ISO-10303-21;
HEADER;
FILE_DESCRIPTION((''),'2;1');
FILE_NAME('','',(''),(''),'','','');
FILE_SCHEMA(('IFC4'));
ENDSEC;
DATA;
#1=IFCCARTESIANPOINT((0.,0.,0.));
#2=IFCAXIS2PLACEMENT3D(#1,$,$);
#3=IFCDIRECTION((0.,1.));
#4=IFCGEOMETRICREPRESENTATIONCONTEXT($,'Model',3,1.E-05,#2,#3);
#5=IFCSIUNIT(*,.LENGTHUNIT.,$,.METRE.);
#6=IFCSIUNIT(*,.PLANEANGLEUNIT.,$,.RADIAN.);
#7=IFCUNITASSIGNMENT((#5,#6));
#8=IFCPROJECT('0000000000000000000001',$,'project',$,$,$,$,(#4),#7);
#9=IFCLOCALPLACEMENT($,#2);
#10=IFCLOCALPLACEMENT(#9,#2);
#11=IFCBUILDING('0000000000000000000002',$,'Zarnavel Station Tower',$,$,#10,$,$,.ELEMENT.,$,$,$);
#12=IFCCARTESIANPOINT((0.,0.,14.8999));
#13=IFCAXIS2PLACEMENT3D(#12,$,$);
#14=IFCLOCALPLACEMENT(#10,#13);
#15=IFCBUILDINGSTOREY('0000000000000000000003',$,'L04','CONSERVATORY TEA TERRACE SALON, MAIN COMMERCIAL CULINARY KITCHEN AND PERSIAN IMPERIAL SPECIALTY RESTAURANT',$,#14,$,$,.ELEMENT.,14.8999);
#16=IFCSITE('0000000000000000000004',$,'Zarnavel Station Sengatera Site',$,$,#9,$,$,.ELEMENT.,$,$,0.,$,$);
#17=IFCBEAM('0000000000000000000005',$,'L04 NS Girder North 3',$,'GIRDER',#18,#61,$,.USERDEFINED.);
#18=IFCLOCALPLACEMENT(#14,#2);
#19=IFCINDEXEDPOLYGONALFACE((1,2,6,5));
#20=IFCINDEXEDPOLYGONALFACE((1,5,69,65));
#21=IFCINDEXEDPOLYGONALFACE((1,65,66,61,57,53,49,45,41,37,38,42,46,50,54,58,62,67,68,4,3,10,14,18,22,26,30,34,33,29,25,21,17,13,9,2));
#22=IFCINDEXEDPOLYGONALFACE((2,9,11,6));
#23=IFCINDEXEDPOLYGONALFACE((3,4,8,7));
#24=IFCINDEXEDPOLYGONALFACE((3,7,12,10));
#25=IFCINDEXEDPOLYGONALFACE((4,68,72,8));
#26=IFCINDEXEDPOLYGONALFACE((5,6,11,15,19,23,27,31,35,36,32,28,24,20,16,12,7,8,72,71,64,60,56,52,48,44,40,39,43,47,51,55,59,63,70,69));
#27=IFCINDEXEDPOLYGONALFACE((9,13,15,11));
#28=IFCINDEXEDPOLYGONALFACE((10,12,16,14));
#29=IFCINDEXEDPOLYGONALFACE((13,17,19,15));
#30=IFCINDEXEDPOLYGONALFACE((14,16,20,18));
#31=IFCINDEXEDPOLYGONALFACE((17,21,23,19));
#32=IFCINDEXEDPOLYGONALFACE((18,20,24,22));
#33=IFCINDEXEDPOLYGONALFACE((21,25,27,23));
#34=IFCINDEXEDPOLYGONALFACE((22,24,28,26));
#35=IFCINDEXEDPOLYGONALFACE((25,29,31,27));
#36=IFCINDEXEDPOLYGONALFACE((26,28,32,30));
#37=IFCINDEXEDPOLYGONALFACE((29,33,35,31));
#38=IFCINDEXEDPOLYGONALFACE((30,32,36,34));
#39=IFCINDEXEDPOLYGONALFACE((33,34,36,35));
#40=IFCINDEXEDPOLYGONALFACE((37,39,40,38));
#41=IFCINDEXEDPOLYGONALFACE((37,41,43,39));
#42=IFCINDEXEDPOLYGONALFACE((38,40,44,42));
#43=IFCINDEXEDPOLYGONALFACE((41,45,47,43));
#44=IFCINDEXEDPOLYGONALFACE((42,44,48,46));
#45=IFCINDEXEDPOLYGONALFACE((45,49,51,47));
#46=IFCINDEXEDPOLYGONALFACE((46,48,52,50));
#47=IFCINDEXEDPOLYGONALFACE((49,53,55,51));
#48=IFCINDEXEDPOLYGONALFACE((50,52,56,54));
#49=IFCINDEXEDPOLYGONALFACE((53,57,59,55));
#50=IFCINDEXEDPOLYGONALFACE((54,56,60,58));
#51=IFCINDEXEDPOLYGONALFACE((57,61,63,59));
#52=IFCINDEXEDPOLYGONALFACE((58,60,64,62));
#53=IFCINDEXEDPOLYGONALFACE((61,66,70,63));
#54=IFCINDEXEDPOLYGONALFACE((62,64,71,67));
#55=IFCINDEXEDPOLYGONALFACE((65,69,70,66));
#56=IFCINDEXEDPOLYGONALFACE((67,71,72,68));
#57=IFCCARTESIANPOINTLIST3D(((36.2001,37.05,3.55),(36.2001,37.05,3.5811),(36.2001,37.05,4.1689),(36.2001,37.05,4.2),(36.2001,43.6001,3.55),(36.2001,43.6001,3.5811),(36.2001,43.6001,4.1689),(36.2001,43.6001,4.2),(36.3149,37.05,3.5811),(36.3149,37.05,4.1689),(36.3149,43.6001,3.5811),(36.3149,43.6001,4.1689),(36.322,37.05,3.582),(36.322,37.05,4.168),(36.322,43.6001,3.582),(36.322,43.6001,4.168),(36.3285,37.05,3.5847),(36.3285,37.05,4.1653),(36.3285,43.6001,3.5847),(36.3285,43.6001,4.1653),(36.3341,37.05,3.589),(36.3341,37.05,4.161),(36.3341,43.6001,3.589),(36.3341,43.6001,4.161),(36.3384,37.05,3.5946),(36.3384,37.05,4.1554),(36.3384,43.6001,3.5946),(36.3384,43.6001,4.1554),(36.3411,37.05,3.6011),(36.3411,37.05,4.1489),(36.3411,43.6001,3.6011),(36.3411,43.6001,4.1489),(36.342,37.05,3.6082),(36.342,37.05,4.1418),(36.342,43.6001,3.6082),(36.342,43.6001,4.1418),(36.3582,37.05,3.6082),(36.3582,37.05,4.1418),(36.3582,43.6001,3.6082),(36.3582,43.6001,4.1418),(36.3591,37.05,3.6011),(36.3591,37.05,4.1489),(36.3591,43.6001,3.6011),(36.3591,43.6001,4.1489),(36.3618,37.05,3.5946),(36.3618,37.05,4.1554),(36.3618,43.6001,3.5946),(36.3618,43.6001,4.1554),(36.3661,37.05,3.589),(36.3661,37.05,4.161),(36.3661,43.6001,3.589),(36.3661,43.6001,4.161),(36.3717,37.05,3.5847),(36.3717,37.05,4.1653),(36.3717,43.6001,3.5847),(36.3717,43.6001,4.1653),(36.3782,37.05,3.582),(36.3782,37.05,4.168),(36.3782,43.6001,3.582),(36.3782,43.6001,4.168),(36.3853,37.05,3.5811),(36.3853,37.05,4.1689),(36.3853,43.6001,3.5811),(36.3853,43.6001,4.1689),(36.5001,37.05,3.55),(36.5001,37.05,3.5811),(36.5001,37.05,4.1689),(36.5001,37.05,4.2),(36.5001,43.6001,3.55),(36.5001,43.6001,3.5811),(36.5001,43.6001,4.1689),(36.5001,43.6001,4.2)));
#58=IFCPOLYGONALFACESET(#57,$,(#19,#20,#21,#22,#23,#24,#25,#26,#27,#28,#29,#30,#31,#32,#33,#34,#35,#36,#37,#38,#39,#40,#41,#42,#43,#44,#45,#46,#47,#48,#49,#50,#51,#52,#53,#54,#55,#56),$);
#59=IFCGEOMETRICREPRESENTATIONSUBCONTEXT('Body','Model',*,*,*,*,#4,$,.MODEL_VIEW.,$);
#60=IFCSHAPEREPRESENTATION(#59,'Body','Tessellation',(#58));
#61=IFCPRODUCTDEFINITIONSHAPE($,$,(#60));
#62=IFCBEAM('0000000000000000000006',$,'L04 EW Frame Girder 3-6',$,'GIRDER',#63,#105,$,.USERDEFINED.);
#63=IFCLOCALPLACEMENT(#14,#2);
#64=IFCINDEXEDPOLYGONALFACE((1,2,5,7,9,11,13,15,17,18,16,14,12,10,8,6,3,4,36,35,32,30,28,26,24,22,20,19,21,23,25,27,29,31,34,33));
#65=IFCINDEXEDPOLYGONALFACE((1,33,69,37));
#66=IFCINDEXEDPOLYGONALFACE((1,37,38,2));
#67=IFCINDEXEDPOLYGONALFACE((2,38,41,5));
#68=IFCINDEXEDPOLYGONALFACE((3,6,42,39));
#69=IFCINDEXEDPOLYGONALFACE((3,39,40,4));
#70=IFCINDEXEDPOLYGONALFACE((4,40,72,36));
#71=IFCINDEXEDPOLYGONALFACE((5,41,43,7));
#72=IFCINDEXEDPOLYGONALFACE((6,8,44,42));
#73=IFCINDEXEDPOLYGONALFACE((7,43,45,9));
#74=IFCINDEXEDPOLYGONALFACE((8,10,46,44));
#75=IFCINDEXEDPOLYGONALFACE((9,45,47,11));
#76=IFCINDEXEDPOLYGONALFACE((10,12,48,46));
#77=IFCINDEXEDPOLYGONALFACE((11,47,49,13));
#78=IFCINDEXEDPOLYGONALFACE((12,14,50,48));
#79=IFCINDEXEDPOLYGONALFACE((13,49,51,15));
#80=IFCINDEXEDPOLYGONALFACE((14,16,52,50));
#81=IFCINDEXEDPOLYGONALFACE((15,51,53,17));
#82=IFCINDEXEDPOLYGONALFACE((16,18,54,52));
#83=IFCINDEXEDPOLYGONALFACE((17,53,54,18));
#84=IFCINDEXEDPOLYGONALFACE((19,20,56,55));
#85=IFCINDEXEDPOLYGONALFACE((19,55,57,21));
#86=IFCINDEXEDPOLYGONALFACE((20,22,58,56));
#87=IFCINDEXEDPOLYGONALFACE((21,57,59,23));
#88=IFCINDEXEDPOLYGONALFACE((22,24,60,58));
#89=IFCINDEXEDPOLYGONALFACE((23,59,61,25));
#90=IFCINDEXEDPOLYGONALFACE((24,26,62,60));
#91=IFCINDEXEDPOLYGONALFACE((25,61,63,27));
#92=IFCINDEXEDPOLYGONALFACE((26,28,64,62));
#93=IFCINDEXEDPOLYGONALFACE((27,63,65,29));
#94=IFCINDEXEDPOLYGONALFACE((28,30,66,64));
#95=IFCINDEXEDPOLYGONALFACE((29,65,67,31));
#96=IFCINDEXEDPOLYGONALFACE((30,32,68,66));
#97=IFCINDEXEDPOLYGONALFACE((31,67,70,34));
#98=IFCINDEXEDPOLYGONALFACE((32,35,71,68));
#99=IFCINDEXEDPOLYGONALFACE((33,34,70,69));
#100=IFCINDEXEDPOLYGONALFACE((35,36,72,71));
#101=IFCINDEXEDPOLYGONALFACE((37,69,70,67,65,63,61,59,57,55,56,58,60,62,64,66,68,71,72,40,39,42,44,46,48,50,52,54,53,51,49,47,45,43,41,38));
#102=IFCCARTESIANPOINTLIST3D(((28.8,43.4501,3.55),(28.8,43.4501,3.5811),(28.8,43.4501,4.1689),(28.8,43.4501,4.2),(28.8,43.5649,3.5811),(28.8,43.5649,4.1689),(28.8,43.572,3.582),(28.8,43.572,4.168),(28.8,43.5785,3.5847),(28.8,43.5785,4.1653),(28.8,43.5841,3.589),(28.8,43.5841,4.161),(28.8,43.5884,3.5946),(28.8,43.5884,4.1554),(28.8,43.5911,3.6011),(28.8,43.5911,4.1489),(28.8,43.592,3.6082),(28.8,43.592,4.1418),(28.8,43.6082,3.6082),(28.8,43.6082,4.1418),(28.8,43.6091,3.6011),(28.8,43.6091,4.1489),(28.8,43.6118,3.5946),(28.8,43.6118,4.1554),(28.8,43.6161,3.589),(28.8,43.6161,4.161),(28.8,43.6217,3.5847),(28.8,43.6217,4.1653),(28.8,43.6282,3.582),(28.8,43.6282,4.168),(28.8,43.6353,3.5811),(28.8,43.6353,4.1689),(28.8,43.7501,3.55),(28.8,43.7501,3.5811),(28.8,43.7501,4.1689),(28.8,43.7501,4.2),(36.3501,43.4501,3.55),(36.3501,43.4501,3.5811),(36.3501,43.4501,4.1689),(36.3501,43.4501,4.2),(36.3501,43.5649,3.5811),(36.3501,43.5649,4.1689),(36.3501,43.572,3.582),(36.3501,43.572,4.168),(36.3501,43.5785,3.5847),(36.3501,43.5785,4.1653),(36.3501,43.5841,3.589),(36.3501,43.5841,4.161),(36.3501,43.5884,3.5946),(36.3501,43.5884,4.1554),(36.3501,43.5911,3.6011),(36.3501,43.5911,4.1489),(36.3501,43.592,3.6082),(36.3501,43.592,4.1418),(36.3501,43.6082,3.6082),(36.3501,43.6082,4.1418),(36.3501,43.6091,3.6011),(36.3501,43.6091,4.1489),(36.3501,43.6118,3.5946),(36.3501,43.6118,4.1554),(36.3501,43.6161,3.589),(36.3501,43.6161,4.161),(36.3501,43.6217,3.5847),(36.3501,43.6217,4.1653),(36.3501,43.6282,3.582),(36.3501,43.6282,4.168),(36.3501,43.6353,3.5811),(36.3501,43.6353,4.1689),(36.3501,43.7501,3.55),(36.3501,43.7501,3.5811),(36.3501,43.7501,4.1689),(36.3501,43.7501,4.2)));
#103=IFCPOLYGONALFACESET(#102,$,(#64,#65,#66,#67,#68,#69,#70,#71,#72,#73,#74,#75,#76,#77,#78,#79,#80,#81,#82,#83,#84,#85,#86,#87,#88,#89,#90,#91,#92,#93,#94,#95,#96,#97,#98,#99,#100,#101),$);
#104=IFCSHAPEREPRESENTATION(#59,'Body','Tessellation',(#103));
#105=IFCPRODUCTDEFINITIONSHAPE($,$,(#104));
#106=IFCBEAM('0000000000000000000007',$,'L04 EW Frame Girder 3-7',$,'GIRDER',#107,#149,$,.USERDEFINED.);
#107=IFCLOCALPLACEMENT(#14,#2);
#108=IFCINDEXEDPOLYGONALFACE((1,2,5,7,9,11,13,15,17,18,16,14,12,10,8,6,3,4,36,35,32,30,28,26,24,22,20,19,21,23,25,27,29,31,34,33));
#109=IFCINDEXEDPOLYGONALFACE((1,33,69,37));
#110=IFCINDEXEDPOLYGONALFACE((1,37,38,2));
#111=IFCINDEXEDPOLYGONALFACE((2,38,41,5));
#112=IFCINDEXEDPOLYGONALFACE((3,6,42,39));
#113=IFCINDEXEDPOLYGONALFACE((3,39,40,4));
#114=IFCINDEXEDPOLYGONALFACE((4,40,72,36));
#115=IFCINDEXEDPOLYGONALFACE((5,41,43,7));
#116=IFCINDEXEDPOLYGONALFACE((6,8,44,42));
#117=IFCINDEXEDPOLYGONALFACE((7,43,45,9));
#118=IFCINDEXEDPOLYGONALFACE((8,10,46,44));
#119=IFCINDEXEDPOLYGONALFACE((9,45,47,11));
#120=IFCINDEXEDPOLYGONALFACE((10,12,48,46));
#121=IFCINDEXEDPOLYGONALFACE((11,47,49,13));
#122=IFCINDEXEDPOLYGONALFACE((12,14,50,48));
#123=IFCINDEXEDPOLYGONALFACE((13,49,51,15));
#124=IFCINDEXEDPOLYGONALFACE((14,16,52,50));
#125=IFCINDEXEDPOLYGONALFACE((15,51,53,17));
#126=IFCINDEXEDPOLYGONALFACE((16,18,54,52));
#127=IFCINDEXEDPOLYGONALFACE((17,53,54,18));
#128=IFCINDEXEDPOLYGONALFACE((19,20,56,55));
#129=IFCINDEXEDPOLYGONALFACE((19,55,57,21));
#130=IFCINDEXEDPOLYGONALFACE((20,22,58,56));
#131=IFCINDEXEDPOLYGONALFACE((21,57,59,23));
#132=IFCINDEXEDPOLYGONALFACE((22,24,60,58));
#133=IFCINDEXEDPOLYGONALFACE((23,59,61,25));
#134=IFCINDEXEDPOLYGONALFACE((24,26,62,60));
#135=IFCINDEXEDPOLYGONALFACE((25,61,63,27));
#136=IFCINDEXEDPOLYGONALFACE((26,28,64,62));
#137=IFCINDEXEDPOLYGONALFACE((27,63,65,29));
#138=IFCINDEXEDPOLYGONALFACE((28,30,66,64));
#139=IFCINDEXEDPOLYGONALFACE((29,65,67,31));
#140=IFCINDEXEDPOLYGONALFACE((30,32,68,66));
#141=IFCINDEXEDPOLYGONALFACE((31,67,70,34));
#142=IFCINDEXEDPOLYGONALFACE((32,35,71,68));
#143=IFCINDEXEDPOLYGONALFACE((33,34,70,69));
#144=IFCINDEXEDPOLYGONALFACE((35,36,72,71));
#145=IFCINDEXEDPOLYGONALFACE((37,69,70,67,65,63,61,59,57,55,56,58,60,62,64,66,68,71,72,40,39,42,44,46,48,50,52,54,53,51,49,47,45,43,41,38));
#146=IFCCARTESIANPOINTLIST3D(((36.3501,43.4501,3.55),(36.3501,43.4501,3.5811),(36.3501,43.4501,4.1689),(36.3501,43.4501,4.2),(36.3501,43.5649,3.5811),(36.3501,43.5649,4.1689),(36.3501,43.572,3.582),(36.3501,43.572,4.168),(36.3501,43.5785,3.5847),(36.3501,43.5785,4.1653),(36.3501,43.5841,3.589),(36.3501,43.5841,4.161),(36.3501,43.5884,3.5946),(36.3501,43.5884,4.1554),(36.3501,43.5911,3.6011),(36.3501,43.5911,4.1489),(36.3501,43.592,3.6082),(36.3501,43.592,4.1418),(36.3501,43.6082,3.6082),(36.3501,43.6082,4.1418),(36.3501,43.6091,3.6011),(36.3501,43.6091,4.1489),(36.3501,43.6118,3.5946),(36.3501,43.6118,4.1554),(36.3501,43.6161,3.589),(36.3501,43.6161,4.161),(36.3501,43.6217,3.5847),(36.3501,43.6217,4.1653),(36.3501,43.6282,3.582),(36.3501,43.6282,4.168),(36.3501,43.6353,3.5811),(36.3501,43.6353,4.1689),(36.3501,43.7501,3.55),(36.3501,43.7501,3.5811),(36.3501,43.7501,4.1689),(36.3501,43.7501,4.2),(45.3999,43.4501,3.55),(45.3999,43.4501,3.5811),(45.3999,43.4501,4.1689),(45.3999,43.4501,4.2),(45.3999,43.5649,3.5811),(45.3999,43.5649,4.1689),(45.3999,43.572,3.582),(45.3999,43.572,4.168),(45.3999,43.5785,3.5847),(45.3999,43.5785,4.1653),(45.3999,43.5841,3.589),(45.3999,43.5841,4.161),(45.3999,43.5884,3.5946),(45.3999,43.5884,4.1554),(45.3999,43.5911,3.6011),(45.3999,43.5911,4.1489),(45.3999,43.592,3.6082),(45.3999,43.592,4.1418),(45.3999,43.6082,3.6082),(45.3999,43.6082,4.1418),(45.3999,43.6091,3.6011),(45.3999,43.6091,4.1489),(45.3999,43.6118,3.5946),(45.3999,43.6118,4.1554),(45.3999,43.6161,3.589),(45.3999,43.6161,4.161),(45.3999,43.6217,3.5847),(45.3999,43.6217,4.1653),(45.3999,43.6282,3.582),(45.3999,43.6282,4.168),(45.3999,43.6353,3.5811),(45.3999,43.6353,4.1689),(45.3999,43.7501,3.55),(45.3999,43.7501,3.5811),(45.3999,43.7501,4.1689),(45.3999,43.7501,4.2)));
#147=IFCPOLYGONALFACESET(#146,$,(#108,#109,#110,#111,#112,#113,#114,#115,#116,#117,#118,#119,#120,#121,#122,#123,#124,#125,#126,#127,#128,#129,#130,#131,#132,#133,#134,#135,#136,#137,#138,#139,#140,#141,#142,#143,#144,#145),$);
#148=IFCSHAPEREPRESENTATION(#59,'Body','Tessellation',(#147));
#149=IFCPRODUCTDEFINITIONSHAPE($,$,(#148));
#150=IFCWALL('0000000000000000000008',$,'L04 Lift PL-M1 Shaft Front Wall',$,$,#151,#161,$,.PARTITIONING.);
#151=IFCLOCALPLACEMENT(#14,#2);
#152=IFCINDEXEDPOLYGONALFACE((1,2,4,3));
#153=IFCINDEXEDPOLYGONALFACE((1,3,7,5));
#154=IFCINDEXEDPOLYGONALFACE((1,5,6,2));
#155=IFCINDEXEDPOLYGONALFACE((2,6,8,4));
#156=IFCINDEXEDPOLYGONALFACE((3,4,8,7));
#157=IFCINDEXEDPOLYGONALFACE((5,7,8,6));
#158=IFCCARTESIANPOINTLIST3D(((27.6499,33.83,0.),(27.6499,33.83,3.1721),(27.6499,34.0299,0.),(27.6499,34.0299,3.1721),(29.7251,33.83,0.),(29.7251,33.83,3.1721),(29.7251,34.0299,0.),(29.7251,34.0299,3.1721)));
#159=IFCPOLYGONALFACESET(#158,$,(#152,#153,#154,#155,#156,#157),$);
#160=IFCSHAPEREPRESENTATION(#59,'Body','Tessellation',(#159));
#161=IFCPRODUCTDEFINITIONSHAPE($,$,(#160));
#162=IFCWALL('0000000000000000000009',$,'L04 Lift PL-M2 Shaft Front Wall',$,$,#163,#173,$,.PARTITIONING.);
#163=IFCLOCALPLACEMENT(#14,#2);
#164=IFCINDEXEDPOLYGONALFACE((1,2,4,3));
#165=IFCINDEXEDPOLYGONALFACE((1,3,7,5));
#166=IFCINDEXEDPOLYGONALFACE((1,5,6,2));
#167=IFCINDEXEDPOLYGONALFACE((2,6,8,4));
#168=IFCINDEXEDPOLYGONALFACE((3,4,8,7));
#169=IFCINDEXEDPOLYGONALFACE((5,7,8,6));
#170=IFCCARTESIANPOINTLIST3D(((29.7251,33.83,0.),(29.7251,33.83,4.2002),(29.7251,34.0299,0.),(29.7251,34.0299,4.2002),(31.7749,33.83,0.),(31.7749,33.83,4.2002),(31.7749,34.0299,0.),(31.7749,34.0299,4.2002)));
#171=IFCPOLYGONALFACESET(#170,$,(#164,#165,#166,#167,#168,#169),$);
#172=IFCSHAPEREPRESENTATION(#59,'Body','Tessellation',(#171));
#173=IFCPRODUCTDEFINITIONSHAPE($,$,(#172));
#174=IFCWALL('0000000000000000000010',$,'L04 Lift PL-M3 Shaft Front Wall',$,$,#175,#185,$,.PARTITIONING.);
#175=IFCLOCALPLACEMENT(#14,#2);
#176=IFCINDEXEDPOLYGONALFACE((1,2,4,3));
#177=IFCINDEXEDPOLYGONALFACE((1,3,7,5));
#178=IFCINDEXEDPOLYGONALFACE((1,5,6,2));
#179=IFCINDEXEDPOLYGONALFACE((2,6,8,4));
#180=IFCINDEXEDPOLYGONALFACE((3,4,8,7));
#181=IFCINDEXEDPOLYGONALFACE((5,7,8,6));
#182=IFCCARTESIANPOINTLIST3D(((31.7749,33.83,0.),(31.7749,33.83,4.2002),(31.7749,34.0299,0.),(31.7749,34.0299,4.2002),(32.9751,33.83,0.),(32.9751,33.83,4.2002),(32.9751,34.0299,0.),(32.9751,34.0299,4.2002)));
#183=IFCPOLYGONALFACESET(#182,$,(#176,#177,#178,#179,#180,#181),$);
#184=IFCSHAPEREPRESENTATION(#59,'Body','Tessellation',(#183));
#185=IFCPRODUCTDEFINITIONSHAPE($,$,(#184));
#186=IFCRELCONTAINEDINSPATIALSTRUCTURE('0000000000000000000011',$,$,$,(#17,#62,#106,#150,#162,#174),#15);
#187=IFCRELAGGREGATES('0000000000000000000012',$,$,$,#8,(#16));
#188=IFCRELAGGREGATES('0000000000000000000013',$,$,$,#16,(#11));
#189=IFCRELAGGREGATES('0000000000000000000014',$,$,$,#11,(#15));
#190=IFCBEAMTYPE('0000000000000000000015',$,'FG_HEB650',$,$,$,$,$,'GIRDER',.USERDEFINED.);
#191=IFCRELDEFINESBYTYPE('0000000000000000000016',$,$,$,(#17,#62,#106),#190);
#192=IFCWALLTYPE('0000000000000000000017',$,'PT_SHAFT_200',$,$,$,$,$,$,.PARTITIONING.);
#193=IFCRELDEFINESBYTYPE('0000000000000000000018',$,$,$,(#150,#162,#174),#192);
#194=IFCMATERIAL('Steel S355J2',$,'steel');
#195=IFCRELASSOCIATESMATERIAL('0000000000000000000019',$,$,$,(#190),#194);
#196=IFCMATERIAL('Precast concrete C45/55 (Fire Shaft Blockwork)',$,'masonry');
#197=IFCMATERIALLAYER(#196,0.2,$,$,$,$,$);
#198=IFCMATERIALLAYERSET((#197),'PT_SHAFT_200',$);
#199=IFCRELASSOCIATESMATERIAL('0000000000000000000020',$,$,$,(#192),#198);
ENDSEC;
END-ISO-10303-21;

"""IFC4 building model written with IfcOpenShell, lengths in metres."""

from ifc_helpers import new_model, si_unit, direction, frame, frame_2d, origin, origin_2d, place, context, subcontext, project, spatial, rectangle, i_section, extrude, material, layer, layer_set, material_profile, profile_set, type_object, element, save


model = new_model("IFC4")

# Units and contexts
model_context = context("Model", 3, precision=1e-05, world=origin(), true_north=direction((0.0, 1.0)))
body_context = subcontext(model_context, "Body", "Model", "MODEL_VIEW")
ifc_project = project(units=[si_unit("LENGTHUNIT", "METRE"), si_unit("PLANEANGLEUNIT", "RADIAN")], contexts=[model_context])

# Site, building, storey
site_placement = place(None, origin())
site = spatial("IfcSite", under=ifc_project, at=site_placement, Name="Zarnavel Station Sengatera Site", CompositionType="ELEMENT", RefElevation=0.0)
building_placement = place(site_placement, origin())
building = spatial("IfcBuilding", under=site, at=building_placement, Name="Zarnavel Station Tower", CompositionType="ELEMENT")
storey_placement = place(building_placement, frame((0.0, 0.0, 14.8999)))
storey = spatial("IfcBuildingStorey", under=building, at=storey_placement, Name="L04", Description="CONSERVATORY TEA TERRACE SALON, MAIN COMMERCIAL CULINARY KITCHEN AND PERSIAN IMPERIAL SPECIALTY RESTAURANT", CompositionType="ELEMENT", Elevation=14.8999)

# Beams
ifc_material_1 = material(Name="Steel S355J2", Category="steel")
ifc_material_profile_1 = material_profile(ifc_material_1, i_section(OverallWidth=0.3, OverallDepth=0.6499, WebThickness=0.0161, FlangeThickness=0.031, FilletRadius=0.0271, at=origin_2d()), Name="HEB650")
ifc_profile_set_1 = profile_set([ifc_material_profile_1], Name="Steel S355J2")
beam_type = type_object("IfcBeamType", Name="FG_HEB650", ElementType="GIRDER", PredefinedType="USERDEFINED", material=ifc_profile_set_1)
beam_1_placement = place(storey_placement, frame((36.3501, 37.05, 3.875), z_axis=(0.0, 1.0, 0.0), x_axis=(-1.0, 0.0, 0.0)))
element("IfcBeam", 1, at=beam_1_placement, inside=storey, type_object=beam_type, Name="L04 NS Girder North 3", ObjectType="GIRDER", PredefinedType="USERDEFINED", context=body_context, shape_type="SweptSolid", body=[
    extrude(i_section(OverallWidth=0.3, OverallDepth=0.6499, WebThickness=0.0161, FlangeThickness=0.031, FilletRadius=0.0271, at=origin_2d()), origin(), (0.0, 0.0, 1.0), 6.55),
])
beam_2_placement = place(storey_placement, frame((28.8, 43.6001, 3.875), z_axis=(1.0, 0.0, 0.0), x_axis=(0.0, 1.0, 0.0)))
element("IfcBeam", 2, at=beam_2_placement, inside=storey, type_object=beam_type, Name="L04 EW Frame Girder 3-6", ObjectType="GIRDER", PredefinedType="USERDEFINED", context=body_context, shape_type="SweptSolid", body=[
    extrude(i_section(OverallWidth=0.3, OverallDepth=0.6499, WebThickness=0.0161, FlangeThickness=0.031, FilletRadius=0.0271, at=origin_2d()), origin(), (0.0, 0.0, 1.0), 7.55),
])
beam_3_placement = place(storey_placement, frame((36.3501, 43.6001, 3.875), z_axis=(1.0, 0.0, 0.0), x_axis=(0.0, 1.0, 0.0)))
element("IfcBeam", 3, at=beam_3_placement, inside=storey, type_object=beam_type, Name="L04 EW Frame Girder 3-7", ObjectType="GIRDER", PredefinedType="USERDEFINED", context=body_context, shape_type="SweptSolid", body=[
    extrude(i_section(OverallWidth=0.3, OverallDepth=0.6499, WebThickness=0.0161, FlangeThickness=0.031, FilletRadius=0.0271, at=origin_2d()), origin(), (0.0, 0.0, 1.0), 9.0498),
])

# Shared definitions
ifc_material_2 = material(Name="Precast concrete C45/55 (Fire Shaft Blockwork)", Category="masonry")
ifc_layer_1 = layer(ifc_material_2, 0.2)
ifc_layer_set_1 = layer_set([ifc_layer_1], Name="PT_SHAFT_200")
wall_type = type_object("IfcWallType", Name="PT_SHAFT_200", PredefinedType="PARTITIONING", material=ifc_layer_set_1)

# Walls
wall_1_placement = place(storey_placement, frame((27.6499, 33.9299, 0.0), z_axis=(0.0, 0.0, 1.0), x_axis=(1.0, 0.0, 0.0)))
element("IfcWall", 4, at=wall_1_placement, inside=storey, type_object=wall_type, Name="L04 Lift PL-M1 Shaft Front Wall", PredefinedType="PARTITIONING", context=body_context, shape_type="SweptSolid", body=[
    extrude(rectangle(XDim=2.0752, YDim=0.2, at=frame_2d((1.0376, 0.0))), origin(), (0.0, 0.0, 1.0), 3.1721),
])
wall_2_placement = place(storey_placement, frame((29.7251, 33.9299, 0.0), z_axis=(0.0, 0.0, 1.0), x_axis=(1.0, 0.0, 0.0)))
element("IfcWall", 5, at=wall_2_placement, inside=storey, type_object=wall_type, Name="L04 Lift PL-M2 Shaft Front Wall", PredefinedType="PARTITIONING", context=body_context, shape_type="SweptSolid", body=[
    extrude(rectangle(XDim=2.0498, YDim=0.2, at=frame_2d((1.0249, 0.0))), origin(), (0.0, 0.0, 1.0), 4.2002),
])
wall_3_placement = place(storey_placement, frame((31.7749, 33.9299, 0.0), z_axis=(0.0, 0.0, 1.0), x_axis=(1.0, 0.0, 0.0)))
element("IfcWall", 6, at=wall_3_placement, inside=storey, type_object=wall_type, Name="L04 Lift PL-M3 Shaft Front Wall", PredefinedType="PARTITIONING", context=body_context, shape_type="SweptSolid", body=[
    extrude(rectangle(XDim=1.2002, YDim=0.2, at=frame_2d((0.6001, 0.0))), origin(), (0.0, 0.0, 1.0), 4.2002),
])

save(model, "model.ifc")
